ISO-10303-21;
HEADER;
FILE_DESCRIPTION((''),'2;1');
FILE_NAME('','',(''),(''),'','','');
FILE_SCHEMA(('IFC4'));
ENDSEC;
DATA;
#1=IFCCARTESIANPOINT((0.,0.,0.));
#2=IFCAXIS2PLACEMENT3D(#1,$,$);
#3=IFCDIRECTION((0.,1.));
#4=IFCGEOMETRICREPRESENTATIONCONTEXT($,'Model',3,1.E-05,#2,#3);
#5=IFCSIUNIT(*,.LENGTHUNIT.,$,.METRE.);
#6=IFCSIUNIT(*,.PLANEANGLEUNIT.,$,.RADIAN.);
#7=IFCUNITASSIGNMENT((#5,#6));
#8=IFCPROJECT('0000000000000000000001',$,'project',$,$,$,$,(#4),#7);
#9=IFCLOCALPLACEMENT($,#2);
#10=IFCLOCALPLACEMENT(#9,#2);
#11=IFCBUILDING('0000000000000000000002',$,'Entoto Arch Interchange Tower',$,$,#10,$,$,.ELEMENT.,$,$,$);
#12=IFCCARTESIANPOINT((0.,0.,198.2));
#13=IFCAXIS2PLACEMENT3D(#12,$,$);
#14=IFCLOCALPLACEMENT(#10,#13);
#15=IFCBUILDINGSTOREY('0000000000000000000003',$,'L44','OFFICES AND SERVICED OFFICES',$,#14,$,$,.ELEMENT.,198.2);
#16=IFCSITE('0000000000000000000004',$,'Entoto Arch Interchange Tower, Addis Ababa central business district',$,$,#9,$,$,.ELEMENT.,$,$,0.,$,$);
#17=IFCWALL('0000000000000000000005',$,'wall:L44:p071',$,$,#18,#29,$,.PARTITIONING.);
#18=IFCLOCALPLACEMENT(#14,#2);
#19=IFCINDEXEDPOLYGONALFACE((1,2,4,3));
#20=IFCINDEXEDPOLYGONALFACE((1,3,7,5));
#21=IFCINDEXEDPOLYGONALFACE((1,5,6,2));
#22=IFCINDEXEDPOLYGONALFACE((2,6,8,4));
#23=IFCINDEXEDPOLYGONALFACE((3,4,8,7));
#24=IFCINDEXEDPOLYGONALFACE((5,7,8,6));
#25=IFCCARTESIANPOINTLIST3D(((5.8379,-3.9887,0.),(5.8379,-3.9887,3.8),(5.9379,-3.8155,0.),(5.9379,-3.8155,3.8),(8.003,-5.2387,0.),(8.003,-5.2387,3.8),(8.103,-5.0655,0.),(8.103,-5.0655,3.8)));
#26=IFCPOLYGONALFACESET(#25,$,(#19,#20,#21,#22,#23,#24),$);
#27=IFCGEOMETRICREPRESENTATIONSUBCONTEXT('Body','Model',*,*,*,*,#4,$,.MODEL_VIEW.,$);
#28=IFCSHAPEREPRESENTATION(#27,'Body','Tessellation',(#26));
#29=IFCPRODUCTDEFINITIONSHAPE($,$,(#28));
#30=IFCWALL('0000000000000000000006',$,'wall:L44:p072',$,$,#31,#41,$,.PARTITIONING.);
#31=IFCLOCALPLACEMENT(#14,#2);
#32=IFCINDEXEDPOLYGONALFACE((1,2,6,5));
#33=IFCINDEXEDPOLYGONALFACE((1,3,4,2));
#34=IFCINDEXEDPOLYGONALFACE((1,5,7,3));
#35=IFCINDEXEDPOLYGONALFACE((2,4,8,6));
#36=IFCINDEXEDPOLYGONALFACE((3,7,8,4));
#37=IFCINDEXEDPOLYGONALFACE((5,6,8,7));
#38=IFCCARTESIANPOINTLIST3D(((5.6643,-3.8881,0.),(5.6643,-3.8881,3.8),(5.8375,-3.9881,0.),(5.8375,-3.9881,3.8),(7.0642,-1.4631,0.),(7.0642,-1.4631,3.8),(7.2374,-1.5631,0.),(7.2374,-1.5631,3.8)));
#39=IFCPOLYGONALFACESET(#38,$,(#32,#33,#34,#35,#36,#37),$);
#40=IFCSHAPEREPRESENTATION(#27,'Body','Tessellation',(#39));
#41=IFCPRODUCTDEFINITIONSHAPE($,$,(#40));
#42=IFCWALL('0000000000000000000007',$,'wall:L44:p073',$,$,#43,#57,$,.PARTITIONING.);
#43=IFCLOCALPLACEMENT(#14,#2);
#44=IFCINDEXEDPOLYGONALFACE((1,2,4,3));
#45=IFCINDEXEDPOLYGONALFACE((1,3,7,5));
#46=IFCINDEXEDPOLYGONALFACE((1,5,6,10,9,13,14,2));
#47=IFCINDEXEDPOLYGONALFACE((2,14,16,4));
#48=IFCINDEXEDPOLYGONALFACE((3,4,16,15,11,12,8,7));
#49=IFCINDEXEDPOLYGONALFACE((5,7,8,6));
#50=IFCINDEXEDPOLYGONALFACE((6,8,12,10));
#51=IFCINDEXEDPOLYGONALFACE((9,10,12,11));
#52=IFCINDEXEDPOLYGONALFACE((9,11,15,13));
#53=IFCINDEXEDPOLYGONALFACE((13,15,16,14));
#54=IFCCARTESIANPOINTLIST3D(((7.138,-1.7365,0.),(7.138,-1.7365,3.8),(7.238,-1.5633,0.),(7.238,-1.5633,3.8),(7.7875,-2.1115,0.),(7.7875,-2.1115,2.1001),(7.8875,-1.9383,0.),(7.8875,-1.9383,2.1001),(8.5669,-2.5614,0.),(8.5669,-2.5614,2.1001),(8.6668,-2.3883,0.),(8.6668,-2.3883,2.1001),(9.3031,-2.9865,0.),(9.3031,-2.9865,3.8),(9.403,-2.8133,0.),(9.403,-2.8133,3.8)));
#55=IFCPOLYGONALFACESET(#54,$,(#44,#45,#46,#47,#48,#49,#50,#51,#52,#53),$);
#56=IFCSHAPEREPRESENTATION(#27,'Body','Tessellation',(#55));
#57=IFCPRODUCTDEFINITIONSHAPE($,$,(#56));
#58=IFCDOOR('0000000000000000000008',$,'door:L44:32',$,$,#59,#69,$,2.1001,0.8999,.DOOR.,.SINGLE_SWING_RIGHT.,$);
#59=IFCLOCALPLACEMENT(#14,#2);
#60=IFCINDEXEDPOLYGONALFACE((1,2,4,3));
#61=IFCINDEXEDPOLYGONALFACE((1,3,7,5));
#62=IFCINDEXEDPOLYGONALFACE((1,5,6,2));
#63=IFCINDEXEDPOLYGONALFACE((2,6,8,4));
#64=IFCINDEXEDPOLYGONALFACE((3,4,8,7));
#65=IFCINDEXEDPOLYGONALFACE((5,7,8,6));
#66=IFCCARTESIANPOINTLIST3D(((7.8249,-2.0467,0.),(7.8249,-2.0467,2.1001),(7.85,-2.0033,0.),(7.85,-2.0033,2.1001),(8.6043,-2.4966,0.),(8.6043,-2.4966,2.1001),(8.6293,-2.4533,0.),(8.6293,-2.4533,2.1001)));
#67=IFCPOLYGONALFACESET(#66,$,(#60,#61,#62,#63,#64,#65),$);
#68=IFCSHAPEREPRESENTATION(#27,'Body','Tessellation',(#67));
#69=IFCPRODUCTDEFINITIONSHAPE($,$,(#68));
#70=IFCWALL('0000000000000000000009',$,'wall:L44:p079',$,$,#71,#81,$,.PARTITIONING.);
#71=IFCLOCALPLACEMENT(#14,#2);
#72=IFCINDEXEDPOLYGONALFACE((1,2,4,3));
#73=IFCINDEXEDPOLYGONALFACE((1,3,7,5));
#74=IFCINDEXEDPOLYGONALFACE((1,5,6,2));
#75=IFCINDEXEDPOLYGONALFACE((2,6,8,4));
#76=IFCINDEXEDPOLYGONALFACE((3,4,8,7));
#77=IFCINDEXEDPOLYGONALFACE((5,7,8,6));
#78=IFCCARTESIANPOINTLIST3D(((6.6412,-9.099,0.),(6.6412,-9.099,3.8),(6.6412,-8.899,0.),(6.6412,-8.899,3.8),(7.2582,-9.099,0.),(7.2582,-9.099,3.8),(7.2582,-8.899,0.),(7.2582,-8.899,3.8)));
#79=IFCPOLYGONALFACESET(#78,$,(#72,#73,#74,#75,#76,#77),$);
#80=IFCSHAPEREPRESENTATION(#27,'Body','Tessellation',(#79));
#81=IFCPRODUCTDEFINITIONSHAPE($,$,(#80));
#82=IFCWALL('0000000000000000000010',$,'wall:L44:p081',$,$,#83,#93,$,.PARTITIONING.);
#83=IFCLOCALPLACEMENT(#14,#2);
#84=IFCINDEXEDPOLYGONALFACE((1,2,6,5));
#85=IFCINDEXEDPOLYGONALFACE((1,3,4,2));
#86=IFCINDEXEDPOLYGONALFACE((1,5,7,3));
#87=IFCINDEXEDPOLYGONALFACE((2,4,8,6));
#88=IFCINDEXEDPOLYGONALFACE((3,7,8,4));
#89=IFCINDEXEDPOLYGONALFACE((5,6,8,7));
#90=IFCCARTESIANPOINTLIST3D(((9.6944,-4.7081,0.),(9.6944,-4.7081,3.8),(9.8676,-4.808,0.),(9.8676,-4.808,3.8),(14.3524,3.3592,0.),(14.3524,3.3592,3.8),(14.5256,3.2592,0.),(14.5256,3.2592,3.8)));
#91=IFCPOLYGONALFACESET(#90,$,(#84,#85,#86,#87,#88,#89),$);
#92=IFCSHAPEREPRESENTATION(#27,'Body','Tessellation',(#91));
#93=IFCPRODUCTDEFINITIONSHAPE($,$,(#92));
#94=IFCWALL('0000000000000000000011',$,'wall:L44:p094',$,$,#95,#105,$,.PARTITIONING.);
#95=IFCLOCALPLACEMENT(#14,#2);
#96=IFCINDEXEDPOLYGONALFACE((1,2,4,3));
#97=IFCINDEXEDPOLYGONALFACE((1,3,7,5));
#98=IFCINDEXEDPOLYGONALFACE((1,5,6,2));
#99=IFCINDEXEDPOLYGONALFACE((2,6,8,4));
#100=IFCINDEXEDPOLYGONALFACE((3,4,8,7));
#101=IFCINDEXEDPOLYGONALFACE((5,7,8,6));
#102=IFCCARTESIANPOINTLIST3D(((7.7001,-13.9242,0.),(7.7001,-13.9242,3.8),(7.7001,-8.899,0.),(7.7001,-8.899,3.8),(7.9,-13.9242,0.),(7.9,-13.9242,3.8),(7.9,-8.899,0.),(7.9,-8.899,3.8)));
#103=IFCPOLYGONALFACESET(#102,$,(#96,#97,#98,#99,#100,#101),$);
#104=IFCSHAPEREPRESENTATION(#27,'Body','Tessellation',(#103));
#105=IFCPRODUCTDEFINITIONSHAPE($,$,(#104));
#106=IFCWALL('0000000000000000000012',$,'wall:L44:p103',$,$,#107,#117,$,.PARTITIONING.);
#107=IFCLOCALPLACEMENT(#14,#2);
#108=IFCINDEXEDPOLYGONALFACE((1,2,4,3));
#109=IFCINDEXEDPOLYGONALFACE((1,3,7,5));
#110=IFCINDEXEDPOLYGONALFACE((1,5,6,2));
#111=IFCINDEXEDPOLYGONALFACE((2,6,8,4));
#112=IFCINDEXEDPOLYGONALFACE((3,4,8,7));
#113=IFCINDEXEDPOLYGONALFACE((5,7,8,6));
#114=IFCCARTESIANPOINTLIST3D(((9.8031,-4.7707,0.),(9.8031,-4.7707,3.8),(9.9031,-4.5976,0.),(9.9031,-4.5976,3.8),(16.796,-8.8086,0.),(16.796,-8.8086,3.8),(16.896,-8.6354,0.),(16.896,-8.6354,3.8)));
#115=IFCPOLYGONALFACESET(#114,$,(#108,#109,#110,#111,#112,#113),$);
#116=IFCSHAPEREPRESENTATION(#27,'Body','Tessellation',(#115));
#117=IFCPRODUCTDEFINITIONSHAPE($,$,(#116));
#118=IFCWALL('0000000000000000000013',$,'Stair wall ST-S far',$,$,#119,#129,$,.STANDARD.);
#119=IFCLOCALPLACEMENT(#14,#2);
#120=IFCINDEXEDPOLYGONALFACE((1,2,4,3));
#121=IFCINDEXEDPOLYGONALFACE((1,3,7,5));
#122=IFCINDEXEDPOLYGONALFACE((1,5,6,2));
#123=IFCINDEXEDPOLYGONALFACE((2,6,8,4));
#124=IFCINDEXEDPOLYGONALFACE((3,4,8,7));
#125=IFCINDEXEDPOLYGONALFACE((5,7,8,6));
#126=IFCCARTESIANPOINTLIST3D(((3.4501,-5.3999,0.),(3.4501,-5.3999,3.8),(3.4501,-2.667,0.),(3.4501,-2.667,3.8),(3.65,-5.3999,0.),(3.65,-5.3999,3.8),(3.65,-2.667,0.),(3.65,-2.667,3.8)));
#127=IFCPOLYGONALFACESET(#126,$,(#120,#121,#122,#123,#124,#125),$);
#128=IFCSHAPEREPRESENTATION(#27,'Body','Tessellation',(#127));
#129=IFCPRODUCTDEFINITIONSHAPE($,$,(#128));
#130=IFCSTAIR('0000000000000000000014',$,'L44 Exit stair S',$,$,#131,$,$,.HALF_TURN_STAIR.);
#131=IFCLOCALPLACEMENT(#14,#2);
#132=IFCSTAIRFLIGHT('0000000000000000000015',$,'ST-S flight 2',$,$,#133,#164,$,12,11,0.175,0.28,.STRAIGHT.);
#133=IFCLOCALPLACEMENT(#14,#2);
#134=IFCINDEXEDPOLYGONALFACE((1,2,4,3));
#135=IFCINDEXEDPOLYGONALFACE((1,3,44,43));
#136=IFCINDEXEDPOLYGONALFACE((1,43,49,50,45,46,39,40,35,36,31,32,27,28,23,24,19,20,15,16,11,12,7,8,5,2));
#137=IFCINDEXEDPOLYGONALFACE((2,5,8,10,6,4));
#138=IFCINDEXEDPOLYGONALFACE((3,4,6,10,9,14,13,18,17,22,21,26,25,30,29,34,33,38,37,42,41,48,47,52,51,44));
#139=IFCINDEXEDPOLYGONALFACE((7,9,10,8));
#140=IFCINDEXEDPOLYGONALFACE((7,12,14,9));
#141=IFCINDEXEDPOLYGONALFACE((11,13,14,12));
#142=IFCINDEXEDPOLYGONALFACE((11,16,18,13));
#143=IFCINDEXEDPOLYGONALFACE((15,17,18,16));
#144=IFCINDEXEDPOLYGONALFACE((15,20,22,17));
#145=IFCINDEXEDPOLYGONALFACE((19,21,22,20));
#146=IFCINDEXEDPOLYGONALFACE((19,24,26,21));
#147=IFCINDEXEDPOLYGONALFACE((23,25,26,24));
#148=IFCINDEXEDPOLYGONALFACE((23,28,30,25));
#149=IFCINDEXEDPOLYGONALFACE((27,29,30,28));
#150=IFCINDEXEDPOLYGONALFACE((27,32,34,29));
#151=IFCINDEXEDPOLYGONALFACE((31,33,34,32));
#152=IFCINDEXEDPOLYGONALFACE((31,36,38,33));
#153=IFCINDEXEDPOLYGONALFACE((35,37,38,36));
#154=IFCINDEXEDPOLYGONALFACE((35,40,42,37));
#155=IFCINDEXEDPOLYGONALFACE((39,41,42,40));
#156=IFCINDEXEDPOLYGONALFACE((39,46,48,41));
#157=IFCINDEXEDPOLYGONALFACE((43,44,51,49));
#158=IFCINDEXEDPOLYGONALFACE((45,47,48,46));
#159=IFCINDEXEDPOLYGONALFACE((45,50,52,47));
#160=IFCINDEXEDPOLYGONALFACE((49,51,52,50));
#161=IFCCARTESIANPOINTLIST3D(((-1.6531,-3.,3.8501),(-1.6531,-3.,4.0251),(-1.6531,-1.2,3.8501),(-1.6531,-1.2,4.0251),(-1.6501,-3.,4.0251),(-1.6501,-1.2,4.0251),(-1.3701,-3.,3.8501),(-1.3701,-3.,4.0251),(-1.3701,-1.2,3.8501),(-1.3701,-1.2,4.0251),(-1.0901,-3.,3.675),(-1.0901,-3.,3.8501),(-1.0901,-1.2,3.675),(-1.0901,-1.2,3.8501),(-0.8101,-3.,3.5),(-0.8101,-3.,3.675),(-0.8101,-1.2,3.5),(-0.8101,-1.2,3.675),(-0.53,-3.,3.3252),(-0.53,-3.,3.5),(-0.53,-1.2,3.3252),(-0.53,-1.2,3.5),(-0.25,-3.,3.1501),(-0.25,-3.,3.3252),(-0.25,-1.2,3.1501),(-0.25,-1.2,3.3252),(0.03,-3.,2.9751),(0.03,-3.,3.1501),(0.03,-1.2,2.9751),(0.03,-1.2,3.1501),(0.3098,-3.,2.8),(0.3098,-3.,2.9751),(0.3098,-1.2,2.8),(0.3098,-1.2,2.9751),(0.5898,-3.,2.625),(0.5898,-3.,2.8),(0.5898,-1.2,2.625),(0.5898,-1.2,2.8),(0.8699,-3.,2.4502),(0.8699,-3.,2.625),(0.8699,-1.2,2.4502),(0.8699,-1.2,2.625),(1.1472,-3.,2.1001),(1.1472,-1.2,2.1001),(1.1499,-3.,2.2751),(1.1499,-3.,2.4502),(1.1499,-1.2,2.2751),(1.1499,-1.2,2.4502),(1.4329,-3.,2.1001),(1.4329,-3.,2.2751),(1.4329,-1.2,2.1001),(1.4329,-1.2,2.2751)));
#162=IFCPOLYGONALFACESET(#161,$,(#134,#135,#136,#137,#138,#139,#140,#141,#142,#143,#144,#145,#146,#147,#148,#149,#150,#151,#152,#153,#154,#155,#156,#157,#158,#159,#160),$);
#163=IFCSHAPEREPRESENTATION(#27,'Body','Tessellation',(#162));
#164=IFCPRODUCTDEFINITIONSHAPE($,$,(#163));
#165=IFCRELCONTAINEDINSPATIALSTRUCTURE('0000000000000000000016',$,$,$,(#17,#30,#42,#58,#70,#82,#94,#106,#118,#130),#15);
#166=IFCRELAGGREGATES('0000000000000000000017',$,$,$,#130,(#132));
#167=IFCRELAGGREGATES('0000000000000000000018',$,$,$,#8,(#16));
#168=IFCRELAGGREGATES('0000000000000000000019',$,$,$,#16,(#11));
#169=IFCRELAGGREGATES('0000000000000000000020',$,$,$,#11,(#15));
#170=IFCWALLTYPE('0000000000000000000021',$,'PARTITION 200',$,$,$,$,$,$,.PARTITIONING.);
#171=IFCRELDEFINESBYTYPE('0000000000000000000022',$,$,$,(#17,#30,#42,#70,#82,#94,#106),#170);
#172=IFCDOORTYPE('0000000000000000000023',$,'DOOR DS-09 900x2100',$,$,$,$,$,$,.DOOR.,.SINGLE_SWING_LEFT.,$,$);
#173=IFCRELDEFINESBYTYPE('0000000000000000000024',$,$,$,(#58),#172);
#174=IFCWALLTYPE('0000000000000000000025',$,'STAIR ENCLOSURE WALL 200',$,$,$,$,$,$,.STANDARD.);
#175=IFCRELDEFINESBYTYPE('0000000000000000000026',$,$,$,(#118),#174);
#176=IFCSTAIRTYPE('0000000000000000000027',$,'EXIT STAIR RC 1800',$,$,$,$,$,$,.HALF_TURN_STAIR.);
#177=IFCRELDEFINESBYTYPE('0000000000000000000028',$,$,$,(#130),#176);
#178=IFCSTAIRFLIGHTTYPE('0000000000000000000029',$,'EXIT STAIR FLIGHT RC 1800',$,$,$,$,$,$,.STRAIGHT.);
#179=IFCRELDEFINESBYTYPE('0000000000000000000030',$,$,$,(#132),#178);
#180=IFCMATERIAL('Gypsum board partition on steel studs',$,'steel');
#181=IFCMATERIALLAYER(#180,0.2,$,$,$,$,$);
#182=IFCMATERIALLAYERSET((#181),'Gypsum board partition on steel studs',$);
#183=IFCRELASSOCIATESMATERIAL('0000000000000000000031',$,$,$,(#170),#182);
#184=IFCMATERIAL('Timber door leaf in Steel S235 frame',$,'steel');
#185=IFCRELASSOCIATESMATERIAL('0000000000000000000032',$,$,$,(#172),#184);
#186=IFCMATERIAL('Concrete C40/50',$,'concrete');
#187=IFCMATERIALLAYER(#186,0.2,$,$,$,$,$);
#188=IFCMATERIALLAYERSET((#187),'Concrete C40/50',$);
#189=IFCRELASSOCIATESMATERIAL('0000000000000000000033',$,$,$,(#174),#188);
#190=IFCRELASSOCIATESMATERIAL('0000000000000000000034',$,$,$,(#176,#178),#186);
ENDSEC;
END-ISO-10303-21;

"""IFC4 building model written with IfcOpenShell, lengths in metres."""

from ifc_helpers import new_model, si_unit, direction, frame, frame_2d, origin, place, context, subcontext, project, spatial, polyline, rectangle, outline, extrude, material, layer, layer_set, type_object, element, fill, aggregate, save


model = new_model("IFC4")

# Units and contexts
model_context = context("Model", 3, precision=1e-05, world=origin(), true_north=direction((0.0, 1.0)))
body_context = subcontext(model_context, "Body", "Model", "MODEL_VIEW")
ifc_project = project(units=[si_unit("LENGTHUNIT", "METRE"), si_unit("PLANEANGLEUNIT", "RADIAN")], contexts=[model_context])

# Site, building, storey
site_placement = place(None, origin())
site = spatial("IfcSite", under=ifc_project, at=site_placement, Name="Entoto Arch Interchange Tower, Addis Ababa central business district", CompositionType="ELEMENT", RefElevation=0.0)
building_placement = place(site_placement, origin())
building = spatial("IfcBuilding", under=site, at=building_placement, Name="Entoto Arch Interchange Tower", CompositionType="ELEMENT")
storey_placement = place(building_placement, frame((0.0, 0.0, 198.2)))
storey = spatial("IfcBuildingStorey", under=building, at=storey_placement, Name="L44", Description="OFFICES AND SERVICED OFFICES", CompositionType="ELEMENT", Elevation=198.2)

# Shared definitions
ifc_material_1 = material(Name="Concrete C40/50", Category="concrete")

# Walls
ifc_material_2 = material(Name="Gypsum board partition on steel studs", Category="steel")
ifc_layer_1 = layer(ifc_material_2, 0.2)
ifc_layer_set_1 = layer_set([ifc_layer_1], Name="Gypsum board partition on steel studs")
wall_type_1 = type_object("IfcWallType", Name="PARTITION 200", PredefinedType="PARTITIONING", material=ifc_layer_set_1)
wall_1_placement = place(storey_placement, frame((8.053, -5.1521, 0.0), z_axis=(0.0, 0.0, 1.0), x_axis=(-0.866023, 0.500004, 0.0)))
element("IfcWall", 1, at=wall_1_placement, inside=storey, type_object=wall_type_1, Name="wall:L44:p071", PredefinedType="PARTITIONING", context=body_context, shape_type="SweptSolid", body=[
    extrude(rectangle(XDim=2.5, YDim=0.2, at=frame_2d((1.25, 0.0))), origin(), (0.0, 0.0, 1.0), 3.8),
])
wall_2_placement = place(storey_placement, frame((5.751, -3.938, 0.0), z_axis=(0.0, 0.0, 1.0), x_axis=(0.499946, 0.866056, 0.0)))
element("IfcWall", 2, at=wall_2_placement, inside=storey, type_object=wall_type_1, Name="wall:L44:p072", PredefinedType="PARTITIONING", context=body_context, shape_type="SweptSolid", body=[
    extrude(rectangle(XDim=2.8, YDim=0.2, at=frame_2d((1.3999, 0.0))), origin(), (0.0, 0.0, 1.0), 3.8),
])

# Wall, opening, door
wall_3_placement = place(storey_placement, frame((7.188, -1.6499, 0.0), z_axis=(0.0, 0.0, 1.0), x_axis=(0.866023, -0.500004, 0.0)))
wall_3 = element("IfcWall", 3, at=wall_3_placement, inside=storey, type_object=wall_type_1, Name="wall:L44:p073", PredefinedType="PARTITIONING", context=body_context, shape_type="SweptSolid", body=[
    extrude(rectangle(XDim=2.5, YDim=0.2, at=frame_2d((1.25, 0.0))), origin(), (0.0, 0.0, 1.0), 3.8),
])
opening_1_placement = place(wall_3_placement, frame((0.75, 0.0, 0.0)))
opening_1 = element("IfcOpeningElement", 4, at=opening_1_placement, cuts=wall_3, PredefinedType="OPENING", context=body_context, shape_type="SweptSolid", body=[
    extrude(rectangle(XDim=0.8999, YDim=2.1001, at=frame_2d((0.45, 1.05))), frame((0.0, 0.1099, 0.0), z_axis=(0.0, -1.0, 0.0), x_axis=(1.0, 0.0, 0.0)), (0.0, 0.0, 1.0), 0.22),
])
ifc_material_3 = material(Name="Timber door leaf in Steel S235 frame", Category="steel")
door_type_1 = type_object("IfcDoorType", Name="DOOR DS-09 900x2100", OperationType="SINGLE_SWING_LEFT", PredefinedType="DOOR", material=ifc_material_3)
door_1_placement = place(opening_1_placement, origin())
door_1 = element("IfcDoor", 5, at=door_1_placement, inside=storey, type_object=door_type_1, Name="door:L44:32", OperationType="SINGLE_SWING_RIGHT", OverallHeight=2.1001, OverallWidth=0.8999, PredefinedType="DOOR", context=body_context, shape_type="SweptSolid", body=[
    extrude(rectangle(XDim=0.8999, YDim=2.1001, at=frame_2d((0.45, 1.05))), frame((0.0, 0.0249, 0.0), z_axis=(0.0, -1.0, 0.0), x_axis=(1.0, 0.0, 0.0)), (0.0, 0.0, 1.0), 0.05),
])
fill(opening_1, door_1)

# Walls
wall_4_placement = place(storey_placement, frame((6.6411, -8.999, 0.0), z_axis=(0.0, 0.0, 1.0), x_axis=(1.0, 0.0, 0.0)))
element("IfcWall", 6, at=wall_4_placement, inside=storey, type_object=wall_type_1, Name="wall:L44:p079", PredefinedType="PARTITIONING", context=body_context, shape_type="SweptSolid", body=[
    extrude(rectangle(XDim=0.6169, YDim=0.2, at=frame_2d((0.3086, 0.0))), origin(), (0.0, 0.0, 1.0), 3.8),
])
wall_5_placement = place(storey_placement, frame((9.781, -4.7581, 0.0), z_axis=(0.0, 0.0, 1.0), x_axis=(0.500032, 0.866007, 0.0)))
element("IfcWall", 7, at=wall_5_placement, inside=storey, type_object=wall_type_1, Name="wall:L44:p081", PredefinedType="PARTITIONING", context=body_context, shape_type="SweptSolid", body=[
    extrude(rectangle(XDim=9.3154, YDim=0.2, at=frame_2d((4.6577, 0.0))), origin(), (0.0, 0.0, 1.0), 3.8),
])
wall_6_placement = place(storey_placement, frame((7.8, -8.8989, 0.0), z_axis=(0.0, 0.0, 1.0), x_axis=(0.0, -1.0, 0.0)))
element("IfcWall", 8, at=wall_6_placement, inside=storey, type_object=wall_type_1, Name="wall:L44:p094", PredefinedType="PARTITIONING", context=body_context, shape_type="SweptSolid", body=[
    extrude(rectangle(XDim=5.0251, YDim=0.2, at=frame_2d((2.5127, 0.0))), origin(), (0.0, 0.0, 1.0), 3.8),
])
wall_7_placement = place(storey_placement, frame((9.853, -4.6841, 0.0), z_axis=(0.0, 0.0, 1.0), x_axis=(0.866, -0.500044, 0.0)))
element("IfcWall", 9, at=wall_7_placement, inside=storey, type_object=wall_type_1, Name="wall:L44:p103", PredefinedType="PARTITIONING", context=body_context, shape_type="SweptSolid", body=[
    extrude(rectangle(XDim=8.075, YDim=0.2, at=frame_2d((4.0376, 0.0))), origin(), (0.0, 0.0, 1.0), 3.8),
])
ifc_layer_2 = layer(ifc_material_1, 0.2)
ifc_layer_set_2 = layer_set([ifc_layer_2], Name="Concrete C40/50")
wall_type_2 = type_object("IfcWallType", Name="STAIR ENCLOSURE WALL 200", PredefinedType="STANDARD", material=ifc_layer_set_2)
wall_8_placement = place(storey_placement, frame((3.55, -2.667, 0.0), z_axis=(0.0, 0.0, 1.0), x_axis=(0.0, -1.0, 0.0)))
element("IfcWall", 10, at=wall_8_placement, inside=storey, type_object=wall_type_2, Name="Stair wall ST-S far", PredefinedType="STANDARD", context=body_context, shape_type="SweptSolid", body=[
    extrude(rectangle(XDim=2.7329, YDim=0.2, at=frame_2d((1.3665, 0.0))), origin(), (0.0, 0.0, 1.0), 3.8),
])

# Stair, stair flight
stair_type = type_object("IfcStairType", Name="EXIT STAIR RC 1800", PredefinedType="HALF_TURN_STAIR", material=ifc_material_1)
stair_placement = place(storey_placement, origin())
stair = element("IfcStair", 11, at=stair_placement, inside=storey, type_object=stair_type, Name="L44 Exit stair S", PredefinedType="HALF_TURN_STAIR")
stair_flight_type = type_object("IfcStairFlightType", Name="EXIT STAIR FLIGHT RC 1800", PredefinedType="STRAIGHT", material=ifc_material_1)
stair_flight_placement = place(storey_placement, frame((1.4299, -2.1001, 2.1001), z_axis=(0.0, 0.0, 1.0), x_axis=(-1.0, 0.0, 0.0)))
stair_flight = element("IfcStairFlight", 12, at=stair_flight_placement, type_object=stair_flight_type, Name="ST-S flight 2", NumberOfRisers=12, NumberOfTreads=11, PredefinedType="STRAIGHT", RiserHeight=0.175, TreadLength=0.28, context=body_context, shape_type="SweptSolid", body=[
    extrude(outline(polyline([(-0.0029, 0.0), (-0.0029, 0.175), (0.28, 0.175), (0.28, 0.3501), (0.5601, 0.3501), (0.5601, 0.5249), (0.8401, 0.5249), (0.8401, 0.7), (1.1201, 0.7), (1.1201, 0.875), (1.3999, 0.875), (1.3999, 1.05), (1.6799, 1.05), (1.6799, 1.2251), (1.96, 1.2251), (1.96, 1.3999), (2.24, 1.3999), (2.24, 1.575), (2.52, 1.575), (2.52, 1.75), (2.8, 1.75), (2.8, 1.925), (3.0801, 1.925), (3.083, 1.925), (3.083, 1.75), (0.2827, 0.0), (-0.0029, 0.0)])), frame((0.0, 0.8999, 0.0), z_axis=(0.0, -1.0, 0.0), x_axis=(1.0, 0.0, 0.0)), (0.0, 0.0, 1.0), 1.8),
])
aggregate(stair, [stair_flight])

save(model, "model.ifc")
